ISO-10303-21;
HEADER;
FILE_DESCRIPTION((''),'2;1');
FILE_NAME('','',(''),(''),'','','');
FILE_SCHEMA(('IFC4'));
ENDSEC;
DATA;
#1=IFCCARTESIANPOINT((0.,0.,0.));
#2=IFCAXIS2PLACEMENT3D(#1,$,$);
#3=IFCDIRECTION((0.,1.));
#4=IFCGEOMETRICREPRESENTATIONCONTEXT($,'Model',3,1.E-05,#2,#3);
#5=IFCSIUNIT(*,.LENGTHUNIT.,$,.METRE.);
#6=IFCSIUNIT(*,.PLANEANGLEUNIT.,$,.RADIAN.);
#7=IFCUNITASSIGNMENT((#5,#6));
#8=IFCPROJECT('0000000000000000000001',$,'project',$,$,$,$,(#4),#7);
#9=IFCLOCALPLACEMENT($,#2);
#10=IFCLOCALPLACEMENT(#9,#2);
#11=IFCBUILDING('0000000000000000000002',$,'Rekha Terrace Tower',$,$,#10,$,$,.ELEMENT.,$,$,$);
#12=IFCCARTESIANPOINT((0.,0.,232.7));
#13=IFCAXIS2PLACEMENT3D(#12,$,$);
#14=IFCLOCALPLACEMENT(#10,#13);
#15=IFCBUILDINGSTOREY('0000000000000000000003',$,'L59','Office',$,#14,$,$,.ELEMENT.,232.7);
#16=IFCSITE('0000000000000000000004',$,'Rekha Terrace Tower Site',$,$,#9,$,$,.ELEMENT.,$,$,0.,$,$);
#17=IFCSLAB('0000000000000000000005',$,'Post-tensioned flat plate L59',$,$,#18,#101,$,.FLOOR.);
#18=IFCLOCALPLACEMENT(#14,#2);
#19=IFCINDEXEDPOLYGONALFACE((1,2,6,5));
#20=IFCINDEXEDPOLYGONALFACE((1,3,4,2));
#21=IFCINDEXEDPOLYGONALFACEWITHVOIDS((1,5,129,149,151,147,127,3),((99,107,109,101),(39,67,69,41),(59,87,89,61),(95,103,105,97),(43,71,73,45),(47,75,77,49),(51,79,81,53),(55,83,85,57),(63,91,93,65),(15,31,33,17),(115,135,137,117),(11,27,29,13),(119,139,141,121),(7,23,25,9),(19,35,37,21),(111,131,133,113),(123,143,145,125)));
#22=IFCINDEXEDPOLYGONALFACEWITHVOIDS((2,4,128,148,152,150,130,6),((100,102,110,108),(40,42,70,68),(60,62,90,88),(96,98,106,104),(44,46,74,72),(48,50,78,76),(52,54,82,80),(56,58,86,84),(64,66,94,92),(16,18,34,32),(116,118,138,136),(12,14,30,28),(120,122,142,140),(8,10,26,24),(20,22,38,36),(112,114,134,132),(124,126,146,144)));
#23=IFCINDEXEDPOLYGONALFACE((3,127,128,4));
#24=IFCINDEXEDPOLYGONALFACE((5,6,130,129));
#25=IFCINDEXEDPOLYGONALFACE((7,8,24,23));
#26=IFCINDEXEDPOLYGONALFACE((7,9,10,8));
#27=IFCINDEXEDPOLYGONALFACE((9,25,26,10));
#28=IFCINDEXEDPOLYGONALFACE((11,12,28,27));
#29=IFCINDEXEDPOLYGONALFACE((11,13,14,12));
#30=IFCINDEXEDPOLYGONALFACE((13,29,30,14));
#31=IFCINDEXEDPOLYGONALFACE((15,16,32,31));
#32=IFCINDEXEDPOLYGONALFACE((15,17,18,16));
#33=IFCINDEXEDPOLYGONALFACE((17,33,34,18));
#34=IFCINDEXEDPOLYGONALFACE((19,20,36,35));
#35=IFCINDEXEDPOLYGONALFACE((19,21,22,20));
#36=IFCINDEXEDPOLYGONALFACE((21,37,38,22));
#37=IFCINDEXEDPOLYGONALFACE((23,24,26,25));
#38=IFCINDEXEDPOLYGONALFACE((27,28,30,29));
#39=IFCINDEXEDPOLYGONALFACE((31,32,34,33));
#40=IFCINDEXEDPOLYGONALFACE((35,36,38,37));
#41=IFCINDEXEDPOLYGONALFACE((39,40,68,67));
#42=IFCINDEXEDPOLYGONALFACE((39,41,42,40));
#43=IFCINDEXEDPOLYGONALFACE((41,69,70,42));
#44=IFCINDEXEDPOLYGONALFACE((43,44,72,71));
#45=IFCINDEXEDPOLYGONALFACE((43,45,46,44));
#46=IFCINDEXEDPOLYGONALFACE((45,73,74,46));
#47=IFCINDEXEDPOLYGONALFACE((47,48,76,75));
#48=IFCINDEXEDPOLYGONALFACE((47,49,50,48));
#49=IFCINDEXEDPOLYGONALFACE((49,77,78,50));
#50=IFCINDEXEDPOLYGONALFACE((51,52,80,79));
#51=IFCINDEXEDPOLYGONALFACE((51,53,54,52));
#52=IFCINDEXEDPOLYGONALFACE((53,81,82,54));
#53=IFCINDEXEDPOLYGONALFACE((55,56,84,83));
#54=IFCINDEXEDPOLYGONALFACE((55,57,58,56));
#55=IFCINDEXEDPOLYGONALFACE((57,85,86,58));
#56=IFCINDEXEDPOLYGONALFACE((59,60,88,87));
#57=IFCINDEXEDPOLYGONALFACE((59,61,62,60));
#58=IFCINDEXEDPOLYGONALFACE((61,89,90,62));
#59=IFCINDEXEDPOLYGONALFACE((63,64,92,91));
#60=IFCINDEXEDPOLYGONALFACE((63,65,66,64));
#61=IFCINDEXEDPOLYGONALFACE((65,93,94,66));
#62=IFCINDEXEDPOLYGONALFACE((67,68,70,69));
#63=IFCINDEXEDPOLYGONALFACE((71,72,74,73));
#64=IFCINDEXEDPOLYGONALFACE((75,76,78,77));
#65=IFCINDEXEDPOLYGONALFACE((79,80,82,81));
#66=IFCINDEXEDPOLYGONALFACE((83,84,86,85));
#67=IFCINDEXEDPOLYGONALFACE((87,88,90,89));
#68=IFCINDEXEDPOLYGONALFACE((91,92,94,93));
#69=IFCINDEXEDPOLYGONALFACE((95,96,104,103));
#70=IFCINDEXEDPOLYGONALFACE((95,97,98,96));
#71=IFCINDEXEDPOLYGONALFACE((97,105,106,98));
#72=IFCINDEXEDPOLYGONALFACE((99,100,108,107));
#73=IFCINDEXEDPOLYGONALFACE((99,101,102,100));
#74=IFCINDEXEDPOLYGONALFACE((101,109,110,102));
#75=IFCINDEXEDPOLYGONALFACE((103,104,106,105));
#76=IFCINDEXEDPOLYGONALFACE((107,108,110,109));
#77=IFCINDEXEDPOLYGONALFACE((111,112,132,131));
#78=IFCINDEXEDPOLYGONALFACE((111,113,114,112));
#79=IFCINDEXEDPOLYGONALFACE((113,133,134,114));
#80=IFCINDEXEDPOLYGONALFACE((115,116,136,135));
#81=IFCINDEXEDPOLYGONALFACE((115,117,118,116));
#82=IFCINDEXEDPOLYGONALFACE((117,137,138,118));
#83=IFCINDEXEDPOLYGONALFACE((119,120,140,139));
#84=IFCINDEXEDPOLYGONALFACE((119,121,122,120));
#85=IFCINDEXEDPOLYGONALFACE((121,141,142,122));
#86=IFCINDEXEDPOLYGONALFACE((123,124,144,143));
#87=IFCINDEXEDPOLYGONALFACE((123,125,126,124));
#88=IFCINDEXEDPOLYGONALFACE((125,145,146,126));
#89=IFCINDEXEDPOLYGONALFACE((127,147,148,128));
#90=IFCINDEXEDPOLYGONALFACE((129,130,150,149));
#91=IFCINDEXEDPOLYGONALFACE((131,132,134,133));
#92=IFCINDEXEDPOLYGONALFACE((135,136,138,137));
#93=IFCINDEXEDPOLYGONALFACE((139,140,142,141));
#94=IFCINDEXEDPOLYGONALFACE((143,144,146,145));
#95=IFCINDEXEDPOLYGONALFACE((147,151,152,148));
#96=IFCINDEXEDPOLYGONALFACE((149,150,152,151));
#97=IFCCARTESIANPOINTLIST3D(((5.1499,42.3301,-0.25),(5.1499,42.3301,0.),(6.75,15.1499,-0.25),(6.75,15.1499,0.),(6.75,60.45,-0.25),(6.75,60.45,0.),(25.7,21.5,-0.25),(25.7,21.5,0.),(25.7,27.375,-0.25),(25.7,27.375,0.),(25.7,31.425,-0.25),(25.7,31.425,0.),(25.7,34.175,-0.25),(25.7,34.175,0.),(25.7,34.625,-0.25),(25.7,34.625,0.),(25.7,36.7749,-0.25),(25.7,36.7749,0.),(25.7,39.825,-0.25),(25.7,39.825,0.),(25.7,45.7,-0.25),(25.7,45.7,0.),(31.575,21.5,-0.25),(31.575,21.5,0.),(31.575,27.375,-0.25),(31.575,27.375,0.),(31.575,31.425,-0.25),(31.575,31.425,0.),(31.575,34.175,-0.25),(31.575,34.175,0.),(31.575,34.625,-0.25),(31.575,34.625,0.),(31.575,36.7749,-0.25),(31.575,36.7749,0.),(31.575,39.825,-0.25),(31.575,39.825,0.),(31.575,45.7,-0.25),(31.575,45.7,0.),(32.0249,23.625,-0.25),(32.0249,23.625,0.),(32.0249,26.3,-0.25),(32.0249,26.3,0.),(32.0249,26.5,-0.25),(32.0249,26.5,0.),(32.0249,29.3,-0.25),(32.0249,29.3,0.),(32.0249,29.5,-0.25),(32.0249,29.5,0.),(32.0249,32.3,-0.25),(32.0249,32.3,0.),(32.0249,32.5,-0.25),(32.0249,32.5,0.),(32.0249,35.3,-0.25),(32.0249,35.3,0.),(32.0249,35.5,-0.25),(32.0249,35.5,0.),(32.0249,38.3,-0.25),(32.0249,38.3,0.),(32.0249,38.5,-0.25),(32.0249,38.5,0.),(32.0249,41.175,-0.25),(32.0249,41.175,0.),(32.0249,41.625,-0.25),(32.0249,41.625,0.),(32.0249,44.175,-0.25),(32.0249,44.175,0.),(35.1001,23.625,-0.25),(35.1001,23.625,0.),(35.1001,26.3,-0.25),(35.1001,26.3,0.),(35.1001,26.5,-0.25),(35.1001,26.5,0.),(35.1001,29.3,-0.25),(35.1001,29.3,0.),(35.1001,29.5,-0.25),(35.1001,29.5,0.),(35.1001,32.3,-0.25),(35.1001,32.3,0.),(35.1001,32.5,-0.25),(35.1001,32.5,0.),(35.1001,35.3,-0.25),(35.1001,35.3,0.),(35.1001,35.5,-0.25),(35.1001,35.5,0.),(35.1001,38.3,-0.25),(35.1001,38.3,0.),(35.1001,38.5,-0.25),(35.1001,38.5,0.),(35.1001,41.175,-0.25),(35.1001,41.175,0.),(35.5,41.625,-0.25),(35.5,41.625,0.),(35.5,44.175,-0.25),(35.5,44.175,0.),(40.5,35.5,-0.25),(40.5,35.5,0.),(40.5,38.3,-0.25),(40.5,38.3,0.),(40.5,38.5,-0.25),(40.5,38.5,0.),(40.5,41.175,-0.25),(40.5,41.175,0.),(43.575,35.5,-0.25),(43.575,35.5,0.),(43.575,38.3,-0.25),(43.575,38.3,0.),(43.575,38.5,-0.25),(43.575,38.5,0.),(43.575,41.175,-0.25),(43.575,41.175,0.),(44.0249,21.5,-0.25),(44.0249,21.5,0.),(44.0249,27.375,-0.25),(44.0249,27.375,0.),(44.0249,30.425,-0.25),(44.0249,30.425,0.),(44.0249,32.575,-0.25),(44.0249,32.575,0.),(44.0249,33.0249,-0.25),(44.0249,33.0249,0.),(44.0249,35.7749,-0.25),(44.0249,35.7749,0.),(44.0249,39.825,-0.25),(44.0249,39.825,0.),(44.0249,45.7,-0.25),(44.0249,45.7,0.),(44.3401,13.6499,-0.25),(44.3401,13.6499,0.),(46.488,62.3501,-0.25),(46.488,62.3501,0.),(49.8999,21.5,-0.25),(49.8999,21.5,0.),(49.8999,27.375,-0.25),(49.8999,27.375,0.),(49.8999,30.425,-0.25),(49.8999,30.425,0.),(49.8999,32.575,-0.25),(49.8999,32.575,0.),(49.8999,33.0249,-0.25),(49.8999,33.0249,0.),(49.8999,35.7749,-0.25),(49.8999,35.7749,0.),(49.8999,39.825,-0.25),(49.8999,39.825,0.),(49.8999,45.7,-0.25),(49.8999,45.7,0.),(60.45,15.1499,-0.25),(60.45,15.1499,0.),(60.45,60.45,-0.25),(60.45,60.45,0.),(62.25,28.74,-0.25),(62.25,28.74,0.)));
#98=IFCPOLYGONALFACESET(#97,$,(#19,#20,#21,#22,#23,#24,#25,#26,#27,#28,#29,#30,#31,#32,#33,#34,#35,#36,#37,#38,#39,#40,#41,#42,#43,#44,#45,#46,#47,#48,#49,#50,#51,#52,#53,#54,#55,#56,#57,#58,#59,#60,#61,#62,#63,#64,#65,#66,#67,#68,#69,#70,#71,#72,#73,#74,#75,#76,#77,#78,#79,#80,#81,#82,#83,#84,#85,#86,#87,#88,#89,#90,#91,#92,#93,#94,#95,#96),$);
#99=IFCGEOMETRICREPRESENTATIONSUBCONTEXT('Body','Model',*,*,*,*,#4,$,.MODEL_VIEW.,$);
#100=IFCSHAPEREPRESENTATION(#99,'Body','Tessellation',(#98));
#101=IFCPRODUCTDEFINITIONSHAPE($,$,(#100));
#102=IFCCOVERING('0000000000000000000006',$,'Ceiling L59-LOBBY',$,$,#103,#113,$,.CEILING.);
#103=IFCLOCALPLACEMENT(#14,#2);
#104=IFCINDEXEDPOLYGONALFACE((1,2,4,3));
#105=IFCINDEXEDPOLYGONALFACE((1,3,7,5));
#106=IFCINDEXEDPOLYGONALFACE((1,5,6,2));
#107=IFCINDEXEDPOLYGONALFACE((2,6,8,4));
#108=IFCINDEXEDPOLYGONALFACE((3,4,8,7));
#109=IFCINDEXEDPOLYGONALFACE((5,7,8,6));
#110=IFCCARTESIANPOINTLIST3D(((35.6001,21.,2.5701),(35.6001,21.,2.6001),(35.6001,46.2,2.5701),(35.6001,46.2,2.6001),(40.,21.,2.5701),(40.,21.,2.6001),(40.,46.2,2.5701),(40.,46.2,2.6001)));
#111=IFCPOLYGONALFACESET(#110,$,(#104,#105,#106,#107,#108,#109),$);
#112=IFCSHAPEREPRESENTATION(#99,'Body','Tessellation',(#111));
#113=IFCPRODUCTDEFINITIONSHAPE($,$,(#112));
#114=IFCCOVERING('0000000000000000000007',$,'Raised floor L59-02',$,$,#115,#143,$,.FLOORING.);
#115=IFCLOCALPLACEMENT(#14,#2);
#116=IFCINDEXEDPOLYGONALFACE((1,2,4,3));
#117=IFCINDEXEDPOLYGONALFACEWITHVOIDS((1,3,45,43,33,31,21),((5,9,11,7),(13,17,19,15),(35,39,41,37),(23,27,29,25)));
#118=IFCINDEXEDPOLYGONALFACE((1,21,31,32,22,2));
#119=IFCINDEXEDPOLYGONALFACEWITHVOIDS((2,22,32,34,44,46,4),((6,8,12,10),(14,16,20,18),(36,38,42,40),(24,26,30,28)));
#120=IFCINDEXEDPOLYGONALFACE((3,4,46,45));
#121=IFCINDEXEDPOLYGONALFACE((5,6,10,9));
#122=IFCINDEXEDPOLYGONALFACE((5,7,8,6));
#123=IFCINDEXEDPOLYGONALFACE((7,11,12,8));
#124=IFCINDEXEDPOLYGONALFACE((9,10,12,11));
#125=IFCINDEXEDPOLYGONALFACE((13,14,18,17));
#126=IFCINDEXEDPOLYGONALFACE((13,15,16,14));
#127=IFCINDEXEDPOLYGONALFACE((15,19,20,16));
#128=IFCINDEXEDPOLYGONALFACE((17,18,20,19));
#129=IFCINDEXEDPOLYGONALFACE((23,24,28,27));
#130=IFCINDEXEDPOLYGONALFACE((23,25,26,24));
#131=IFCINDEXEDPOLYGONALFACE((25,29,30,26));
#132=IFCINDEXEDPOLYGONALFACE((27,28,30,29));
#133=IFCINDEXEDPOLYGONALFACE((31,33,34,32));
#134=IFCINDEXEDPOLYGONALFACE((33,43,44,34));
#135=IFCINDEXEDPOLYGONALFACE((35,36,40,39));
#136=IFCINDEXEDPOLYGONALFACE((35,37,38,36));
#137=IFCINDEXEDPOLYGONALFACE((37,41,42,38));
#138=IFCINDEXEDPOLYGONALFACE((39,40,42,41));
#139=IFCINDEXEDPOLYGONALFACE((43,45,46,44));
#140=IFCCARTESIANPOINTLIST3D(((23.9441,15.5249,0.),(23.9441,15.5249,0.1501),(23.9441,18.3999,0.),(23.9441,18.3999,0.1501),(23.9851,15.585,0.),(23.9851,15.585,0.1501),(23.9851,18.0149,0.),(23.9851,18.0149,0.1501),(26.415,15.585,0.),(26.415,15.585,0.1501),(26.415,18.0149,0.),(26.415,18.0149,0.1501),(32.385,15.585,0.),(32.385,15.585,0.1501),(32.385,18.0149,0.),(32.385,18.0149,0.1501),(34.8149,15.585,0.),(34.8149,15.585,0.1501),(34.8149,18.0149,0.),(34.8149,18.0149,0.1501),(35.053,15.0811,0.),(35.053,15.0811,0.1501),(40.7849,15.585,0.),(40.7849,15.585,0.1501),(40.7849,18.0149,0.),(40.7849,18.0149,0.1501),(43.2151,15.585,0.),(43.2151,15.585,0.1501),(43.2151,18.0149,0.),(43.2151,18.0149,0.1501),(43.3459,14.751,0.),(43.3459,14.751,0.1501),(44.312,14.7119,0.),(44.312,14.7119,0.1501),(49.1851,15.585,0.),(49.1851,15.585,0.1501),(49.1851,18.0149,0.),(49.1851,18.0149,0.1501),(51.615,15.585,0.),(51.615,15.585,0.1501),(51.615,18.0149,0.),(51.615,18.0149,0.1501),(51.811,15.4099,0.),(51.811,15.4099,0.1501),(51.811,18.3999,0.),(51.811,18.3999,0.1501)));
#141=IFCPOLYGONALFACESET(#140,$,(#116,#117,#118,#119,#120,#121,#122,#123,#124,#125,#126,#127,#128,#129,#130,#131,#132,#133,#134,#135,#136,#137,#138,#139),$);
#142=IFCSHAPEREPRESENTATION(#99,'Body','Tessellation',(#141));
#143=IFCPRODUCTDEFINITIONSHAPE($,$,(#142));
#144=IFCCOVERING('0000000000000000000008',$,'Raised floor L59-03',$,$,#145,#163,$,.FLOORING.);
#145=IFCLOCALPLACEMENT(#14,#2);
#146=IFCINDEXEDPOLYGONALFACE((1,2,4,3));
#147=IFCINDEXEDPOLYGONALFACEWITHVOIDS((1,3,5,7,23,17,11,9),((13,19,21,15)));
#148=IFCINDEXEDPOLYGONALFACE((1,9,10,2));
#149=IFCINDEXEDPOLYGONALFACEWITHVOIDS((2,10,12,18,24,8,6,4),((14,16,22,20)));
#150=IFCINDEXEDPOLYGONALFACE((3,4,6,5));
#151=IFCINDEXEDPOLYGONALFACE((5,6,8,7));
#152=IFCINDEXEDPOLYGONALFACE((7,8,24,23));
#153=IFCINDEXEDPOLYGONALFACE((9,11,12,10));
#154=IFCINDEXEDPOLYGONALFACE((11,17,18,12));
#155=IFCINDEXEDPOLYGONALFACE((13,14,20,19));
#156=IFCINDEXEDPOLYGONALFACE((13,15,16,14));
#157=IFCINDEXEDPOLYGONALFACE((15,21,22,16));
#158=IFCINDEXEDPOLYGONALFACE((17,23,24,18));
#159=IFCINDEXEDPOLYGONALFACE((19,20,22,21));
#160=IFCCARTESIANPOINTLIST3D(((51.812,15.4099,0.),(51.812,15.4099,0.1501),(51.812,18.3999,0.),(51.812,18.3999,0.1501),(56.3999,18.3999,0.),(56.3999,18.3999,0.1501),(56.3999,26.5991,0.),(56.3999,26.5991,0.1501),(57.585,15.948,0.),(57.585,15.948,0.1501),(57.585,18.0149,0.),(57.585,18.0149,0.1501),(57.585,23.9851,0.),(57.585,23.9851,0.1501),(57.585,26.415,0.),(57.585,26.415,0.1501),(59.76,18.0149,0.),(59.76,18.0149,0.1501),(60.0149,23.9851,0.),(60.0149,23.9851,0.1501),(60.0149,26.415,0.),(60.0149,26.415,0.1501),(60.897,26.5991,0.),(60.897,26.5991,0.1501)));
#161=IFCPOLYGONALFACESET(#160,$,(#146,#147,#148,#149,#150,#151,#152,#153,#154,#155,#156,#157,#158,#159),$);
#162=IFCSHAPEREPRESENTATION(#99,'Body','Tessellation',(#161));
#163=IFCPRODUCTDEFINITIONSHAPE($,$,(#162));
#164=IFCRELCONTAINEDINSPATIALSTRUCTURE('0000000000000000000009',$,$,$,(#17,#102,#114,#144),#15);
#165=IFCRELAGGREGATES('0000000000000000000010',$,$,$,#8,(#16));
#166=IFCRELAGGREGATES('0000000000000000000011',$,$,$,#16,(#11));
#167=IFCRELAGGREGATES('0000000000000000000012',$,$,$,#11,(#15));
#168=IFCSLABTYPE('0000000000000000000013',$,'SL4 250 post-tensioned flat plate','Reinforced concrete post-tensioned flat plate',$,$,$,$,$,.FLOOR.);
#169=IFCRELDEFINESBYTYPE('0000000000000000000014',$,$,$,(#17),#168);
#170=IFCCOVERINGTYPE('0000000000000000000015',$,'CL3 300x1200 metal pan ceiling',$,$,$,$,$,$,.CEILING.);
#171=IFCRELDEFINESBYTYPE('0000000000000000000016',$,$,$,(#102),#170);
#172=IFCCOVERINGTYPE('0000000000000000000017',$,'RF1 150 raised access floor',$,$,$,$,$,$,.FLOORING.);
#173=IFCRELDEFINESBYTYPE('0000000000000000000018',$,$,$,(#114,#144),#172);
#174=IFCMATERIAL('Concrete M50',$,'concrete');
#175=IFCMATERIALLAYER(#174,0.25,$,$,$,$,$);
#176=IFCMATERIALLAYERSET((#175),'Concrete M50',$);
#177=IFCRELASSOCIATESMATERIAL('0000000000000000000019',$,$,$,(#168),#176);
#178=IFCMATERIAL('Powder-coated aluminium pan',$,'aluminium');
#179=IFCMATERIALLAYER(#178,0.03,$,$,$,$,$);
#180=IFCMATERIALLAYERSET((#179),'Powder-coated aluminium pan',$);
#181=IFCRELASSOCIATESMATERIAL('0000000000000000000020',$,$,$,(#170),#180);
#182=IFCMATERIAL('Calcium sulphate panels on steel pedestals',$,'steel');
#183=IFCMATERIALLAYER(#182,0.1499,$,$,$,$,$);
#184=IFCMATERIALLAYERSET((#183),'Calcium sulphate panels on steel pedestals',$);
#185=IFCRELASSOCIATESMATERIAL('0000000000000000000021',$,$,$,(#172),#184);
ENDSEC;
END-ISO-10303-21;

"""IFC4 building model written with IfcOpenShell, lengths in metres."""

from ifc_helpers import new_model, si_unit, direction, frame, origin, place, context, subcontext, project, spatial, polyline, outline, extrude, material, layer, layer_set, type_object, element, save


model = new_model("IFC4")

# Units and contexts
model_context = context("Model", 3, precision=1e-05, world=origin(), true_north=direction((0.0, 1.0)))
body_context = subcontext(model_context, "Body", "Model", "MODEL_VIEW")
ifc_project = project(units=[si_unit("LENGTHUNIT", "METRE"), si_unit("PLANEANGLEUNIT", "RADIAN")], contexts=[model_context])

# Site, building, storey
site_placement = place(None, origin())
site = spatial("IfcSite", under=ifc_project, at=site_placement, Name="Rekha Terrace Tower Site", CompositionType="ELEMENT", RefElevation=0.0)
building_placement = place(site_placement, origin())
building = spatial("IfcBuilding", under=site, at=building_placement, Name="Rekha Terrace Tower", CompositionType="ELEMENT")
storey_placement = place(building_placement, frame((0.0, 0.0, 232.7)))
storey = spatial("IfcBuildingStorey", under=building, at=storey_placement, Name="L59", Description="Office", CompositionType="ELEMENT", Elevation=232.7)

# Slab
ifc_material_1 = material(Name="Concrete M50", Category="concrete")
ifc_layer_1 = layer(ifc_material_1, 0.25)
ifc_layer_set_1 = layer_set([ifc_layer_1], Name="Concrete M50")
slab_type_1 = type_object("IfcSlabType", Name="SL4 250 post-tensioned flat plate", Description="Reinforced concrete post-tensioned flat plate", PredefinedType="FLOOR", material=ifc_layer_set_1)
slab_1_placement = place(storey_placement, frame((0.0, 0.0, -0.25)))
element("IfcSlab", 1, at=slab_1_placement, inside=storey, type_object=slab_type_1, Name="Post-tensioned flat plate L59", PredefinedType="FLOOR", context=body_context, shape_type="SweptSolid", body=[
    extrude(outline(polyline([(5.1499, 42.3301), (6.75, 15.1499), (44.3401, 13.6499), (60.45, 15.1499), (62.25, 28.74), (60.45, 60.45), (46.488, 62.3501), (6.75, 60.45), (5.1499, 42.3301)]), holes=[polyline([(31.575, 27.375), (31.575, 21.5), (25.7, 21.5), (25.7, 27.375), (31.575, 27.375)]), polyline([(35.1001, 26.3), (35.1001, 23.625), (32.0249, 23.625), (32.0249, 26.3), (35.1001, 26.3)]), polyline([(35.1001, 29.3), (35.1001, 26.5), (32.0249, 26.5), (32.0249, 29.3), (35.1001, 29.3)]), polyline([(35.1001, 32.3), (35.1001, 29.5), (32.0249, 29.5), (32.0249, 32.3), (35.1001, 32.3)]), polyline([(31.575, 34.175), (31.575, 31.425), (25.7, 31.425), (25.7, 34.175), (31.575, 34.175)]), polyline([(35.1001, 35.3), (35.1001, 32.5), (32.0249, 32.5), (32.0249, 35.3), (35.1001, 35.3)]), polyline([(31.575, 36.7749), (31.575, 34.625), (25.7, 34.625), (25.7, 36.7749), (31.575, 36.7749)]), polyline([(35.1001, 38.3), (35.1001, 35.5), (32.0249, 35.5), (32.0249, 38.3), (35.1001, 38.3)]), polyline([(31.575, 45.7), (31.575, 39.825), (25.7, 39.825), (25.7, 45.7), (31.575, 45.7)]), polyline([(49.8999, 27.375), (49.8999, 21.5), (44.0249, 21.5), (44.0249, 27.375), (49.8999, 27.375)]), polyline([(49.8999, 32.575), (49.8999, 30.425), (44.0249, 30.425), (44.0249, 32.575), (49.8999, 32.575)]), polyline([(49.8999, 35.7749), (49.8999, 33.0249), (44.0249, 33.0249), (44.0249, 35.7749), (49.8999, 35.7749)]), polyline([(43.575, 38.3), (43.575, 35.5), (40.5, 35.5), (40.5, 38.3), (43.575, 38.3)]), polyline([(35.1001, 41.175), (35.1001, 38.5), (32.0249, 38.5), (32.0249, 41.175), (35.1001, 41.175)]), polyline([(43.575, 41.175), (43.575, 38.5), (40.5, 38.5), (40.5, 41.175), (43.575, 41.175)]), polyline([(49.8999, 39.825), (44.0249, 39.825), (44.0249, 45.7), (49.8999, 45.7), (49.8999, 39.825)]), polyline([(35.5, 41.625), (32.0249, 41.625), (32.0249, 44.175), (35.5, 44.175), (35.5, 41.625)])]), origin(), (0.0, 0.0, 1.0), 0.25),
])

# Coverings
ifc_material_2 = material(Name="Powder-coated aluminium pan", Category="aluminium")
ifc_layer_2 = layer(ifc_material_2, 0.03)
ifc_layer_set_2 = layer_set([ifc_layer_2], Name="Powder-coated aluminium pan")
covering_type_1 = type_object("IfcCoveringType", Name="CL3 300x1200 metal pan ceiling", PredefinedType="CEILING", material=ifc_layer_set_2)
covering_1_placement = place(storey_placement, frame((0.0, 0.0, 2.5701)))
element("IfcCovering", 2, at=covering_1_placement, inside=storey, type_object=covering_type_1, Name="Ceiling L59-LOBBY", PredefinedType="CEILING", context=body_context, shape_type="SweptSolid", body=[
    extrude(outline(polyline([(40.0, 46.2), (35.6001, 46.2), (35.6001, 21.0), (40.0, 21.0), (40.0, 46.2)])), origin(), (0.0, 0.0, 1.0), 0.03),
])
ifc_material_3 = material(Name="Calcium sulphate panels on steel pedestals", Category="steel")
ifc_layer_3 = layer(ifc_material_3, 0.1499)
ifc_layer_set_3 = layer_set([ifc_layer_3], Name="Calcium sulphate panels on steel pedestals")
covering_type_2 = type_object("IfcCoveringType", Name="RF1 150 raised access floor", PredefinedType="FLOORING", material=ifc_layer_set_3)
covering_2_placement = place(storey_placement, origin())
element("IfcCovering", 3, at=covering_2_placement, inside=storey, type_object=covering_type_2, Name="Raised floor L59-02", PredefinedType="FLOORING", context=body_context, shape_type="SweptSolid", body=[
    extrude(outline(polyline([(51.811, 18.3999), (23.9441, 18.3999), (23.9441, 15.5249), (35.053, 15.0811), (43.3459, 14.751), (44.312, 14.7119), (51.811, 15.4099), (51.811, 18.3999)]), holes=[polyline([(51.615, 15.585), (49.1851, 15.585), (49.1851, 18.0149), (51.615, 18.0149), (51.615, 15.585)]), polyline([(43.2151, 18.0149), (43.2151, 15.585), (40.7849, 15.585), (40.7849, 18.0149), (43.2151, 18.0149)]), polyline([(34.8149, 15.585), (32.385, 15.585), (32.385, 18.0149), (34.8149, 18.0149), (34.8149, 15.585)]), polyline([(26.415, 18.0149), (26.415, 15.585), (23.9851, 15.585), (23.9851, 18.0149), (26.415, 18.0149)])]), origin(), (0.0, 0.0, 1.0), 0.1501),
])
covering_3_placement = place(storey_placement, origin())
element("IfcCovering", 4, at=covering_3_placement, inside=storey, type_object=covering_type_2, Name="Raised floor L59-03", PredefinedType="FLOORING", context=body_context, shape_type="SweptSolid", body=[
    extrude(outline(polyline([(59.76, 18.0149), (60.897, 26.5991), (56.3999, 26.5991), (56.3999, 18.3999), (51.812, 18.3999), (51.812, 15.4099), (57.585, 15.948), (57.585, 18.0149), (59.76, 18.0149)]), holes=[polyline([(60.0149, 23.9851), (57.585, 23.9851), (57.585, 26.415), (60.0149, 26.415), (60.0149, 23.9851)])]), origin(), (0.0, 0.0, 1.0), 0.1501),
])

save(model, "model.ifc")
